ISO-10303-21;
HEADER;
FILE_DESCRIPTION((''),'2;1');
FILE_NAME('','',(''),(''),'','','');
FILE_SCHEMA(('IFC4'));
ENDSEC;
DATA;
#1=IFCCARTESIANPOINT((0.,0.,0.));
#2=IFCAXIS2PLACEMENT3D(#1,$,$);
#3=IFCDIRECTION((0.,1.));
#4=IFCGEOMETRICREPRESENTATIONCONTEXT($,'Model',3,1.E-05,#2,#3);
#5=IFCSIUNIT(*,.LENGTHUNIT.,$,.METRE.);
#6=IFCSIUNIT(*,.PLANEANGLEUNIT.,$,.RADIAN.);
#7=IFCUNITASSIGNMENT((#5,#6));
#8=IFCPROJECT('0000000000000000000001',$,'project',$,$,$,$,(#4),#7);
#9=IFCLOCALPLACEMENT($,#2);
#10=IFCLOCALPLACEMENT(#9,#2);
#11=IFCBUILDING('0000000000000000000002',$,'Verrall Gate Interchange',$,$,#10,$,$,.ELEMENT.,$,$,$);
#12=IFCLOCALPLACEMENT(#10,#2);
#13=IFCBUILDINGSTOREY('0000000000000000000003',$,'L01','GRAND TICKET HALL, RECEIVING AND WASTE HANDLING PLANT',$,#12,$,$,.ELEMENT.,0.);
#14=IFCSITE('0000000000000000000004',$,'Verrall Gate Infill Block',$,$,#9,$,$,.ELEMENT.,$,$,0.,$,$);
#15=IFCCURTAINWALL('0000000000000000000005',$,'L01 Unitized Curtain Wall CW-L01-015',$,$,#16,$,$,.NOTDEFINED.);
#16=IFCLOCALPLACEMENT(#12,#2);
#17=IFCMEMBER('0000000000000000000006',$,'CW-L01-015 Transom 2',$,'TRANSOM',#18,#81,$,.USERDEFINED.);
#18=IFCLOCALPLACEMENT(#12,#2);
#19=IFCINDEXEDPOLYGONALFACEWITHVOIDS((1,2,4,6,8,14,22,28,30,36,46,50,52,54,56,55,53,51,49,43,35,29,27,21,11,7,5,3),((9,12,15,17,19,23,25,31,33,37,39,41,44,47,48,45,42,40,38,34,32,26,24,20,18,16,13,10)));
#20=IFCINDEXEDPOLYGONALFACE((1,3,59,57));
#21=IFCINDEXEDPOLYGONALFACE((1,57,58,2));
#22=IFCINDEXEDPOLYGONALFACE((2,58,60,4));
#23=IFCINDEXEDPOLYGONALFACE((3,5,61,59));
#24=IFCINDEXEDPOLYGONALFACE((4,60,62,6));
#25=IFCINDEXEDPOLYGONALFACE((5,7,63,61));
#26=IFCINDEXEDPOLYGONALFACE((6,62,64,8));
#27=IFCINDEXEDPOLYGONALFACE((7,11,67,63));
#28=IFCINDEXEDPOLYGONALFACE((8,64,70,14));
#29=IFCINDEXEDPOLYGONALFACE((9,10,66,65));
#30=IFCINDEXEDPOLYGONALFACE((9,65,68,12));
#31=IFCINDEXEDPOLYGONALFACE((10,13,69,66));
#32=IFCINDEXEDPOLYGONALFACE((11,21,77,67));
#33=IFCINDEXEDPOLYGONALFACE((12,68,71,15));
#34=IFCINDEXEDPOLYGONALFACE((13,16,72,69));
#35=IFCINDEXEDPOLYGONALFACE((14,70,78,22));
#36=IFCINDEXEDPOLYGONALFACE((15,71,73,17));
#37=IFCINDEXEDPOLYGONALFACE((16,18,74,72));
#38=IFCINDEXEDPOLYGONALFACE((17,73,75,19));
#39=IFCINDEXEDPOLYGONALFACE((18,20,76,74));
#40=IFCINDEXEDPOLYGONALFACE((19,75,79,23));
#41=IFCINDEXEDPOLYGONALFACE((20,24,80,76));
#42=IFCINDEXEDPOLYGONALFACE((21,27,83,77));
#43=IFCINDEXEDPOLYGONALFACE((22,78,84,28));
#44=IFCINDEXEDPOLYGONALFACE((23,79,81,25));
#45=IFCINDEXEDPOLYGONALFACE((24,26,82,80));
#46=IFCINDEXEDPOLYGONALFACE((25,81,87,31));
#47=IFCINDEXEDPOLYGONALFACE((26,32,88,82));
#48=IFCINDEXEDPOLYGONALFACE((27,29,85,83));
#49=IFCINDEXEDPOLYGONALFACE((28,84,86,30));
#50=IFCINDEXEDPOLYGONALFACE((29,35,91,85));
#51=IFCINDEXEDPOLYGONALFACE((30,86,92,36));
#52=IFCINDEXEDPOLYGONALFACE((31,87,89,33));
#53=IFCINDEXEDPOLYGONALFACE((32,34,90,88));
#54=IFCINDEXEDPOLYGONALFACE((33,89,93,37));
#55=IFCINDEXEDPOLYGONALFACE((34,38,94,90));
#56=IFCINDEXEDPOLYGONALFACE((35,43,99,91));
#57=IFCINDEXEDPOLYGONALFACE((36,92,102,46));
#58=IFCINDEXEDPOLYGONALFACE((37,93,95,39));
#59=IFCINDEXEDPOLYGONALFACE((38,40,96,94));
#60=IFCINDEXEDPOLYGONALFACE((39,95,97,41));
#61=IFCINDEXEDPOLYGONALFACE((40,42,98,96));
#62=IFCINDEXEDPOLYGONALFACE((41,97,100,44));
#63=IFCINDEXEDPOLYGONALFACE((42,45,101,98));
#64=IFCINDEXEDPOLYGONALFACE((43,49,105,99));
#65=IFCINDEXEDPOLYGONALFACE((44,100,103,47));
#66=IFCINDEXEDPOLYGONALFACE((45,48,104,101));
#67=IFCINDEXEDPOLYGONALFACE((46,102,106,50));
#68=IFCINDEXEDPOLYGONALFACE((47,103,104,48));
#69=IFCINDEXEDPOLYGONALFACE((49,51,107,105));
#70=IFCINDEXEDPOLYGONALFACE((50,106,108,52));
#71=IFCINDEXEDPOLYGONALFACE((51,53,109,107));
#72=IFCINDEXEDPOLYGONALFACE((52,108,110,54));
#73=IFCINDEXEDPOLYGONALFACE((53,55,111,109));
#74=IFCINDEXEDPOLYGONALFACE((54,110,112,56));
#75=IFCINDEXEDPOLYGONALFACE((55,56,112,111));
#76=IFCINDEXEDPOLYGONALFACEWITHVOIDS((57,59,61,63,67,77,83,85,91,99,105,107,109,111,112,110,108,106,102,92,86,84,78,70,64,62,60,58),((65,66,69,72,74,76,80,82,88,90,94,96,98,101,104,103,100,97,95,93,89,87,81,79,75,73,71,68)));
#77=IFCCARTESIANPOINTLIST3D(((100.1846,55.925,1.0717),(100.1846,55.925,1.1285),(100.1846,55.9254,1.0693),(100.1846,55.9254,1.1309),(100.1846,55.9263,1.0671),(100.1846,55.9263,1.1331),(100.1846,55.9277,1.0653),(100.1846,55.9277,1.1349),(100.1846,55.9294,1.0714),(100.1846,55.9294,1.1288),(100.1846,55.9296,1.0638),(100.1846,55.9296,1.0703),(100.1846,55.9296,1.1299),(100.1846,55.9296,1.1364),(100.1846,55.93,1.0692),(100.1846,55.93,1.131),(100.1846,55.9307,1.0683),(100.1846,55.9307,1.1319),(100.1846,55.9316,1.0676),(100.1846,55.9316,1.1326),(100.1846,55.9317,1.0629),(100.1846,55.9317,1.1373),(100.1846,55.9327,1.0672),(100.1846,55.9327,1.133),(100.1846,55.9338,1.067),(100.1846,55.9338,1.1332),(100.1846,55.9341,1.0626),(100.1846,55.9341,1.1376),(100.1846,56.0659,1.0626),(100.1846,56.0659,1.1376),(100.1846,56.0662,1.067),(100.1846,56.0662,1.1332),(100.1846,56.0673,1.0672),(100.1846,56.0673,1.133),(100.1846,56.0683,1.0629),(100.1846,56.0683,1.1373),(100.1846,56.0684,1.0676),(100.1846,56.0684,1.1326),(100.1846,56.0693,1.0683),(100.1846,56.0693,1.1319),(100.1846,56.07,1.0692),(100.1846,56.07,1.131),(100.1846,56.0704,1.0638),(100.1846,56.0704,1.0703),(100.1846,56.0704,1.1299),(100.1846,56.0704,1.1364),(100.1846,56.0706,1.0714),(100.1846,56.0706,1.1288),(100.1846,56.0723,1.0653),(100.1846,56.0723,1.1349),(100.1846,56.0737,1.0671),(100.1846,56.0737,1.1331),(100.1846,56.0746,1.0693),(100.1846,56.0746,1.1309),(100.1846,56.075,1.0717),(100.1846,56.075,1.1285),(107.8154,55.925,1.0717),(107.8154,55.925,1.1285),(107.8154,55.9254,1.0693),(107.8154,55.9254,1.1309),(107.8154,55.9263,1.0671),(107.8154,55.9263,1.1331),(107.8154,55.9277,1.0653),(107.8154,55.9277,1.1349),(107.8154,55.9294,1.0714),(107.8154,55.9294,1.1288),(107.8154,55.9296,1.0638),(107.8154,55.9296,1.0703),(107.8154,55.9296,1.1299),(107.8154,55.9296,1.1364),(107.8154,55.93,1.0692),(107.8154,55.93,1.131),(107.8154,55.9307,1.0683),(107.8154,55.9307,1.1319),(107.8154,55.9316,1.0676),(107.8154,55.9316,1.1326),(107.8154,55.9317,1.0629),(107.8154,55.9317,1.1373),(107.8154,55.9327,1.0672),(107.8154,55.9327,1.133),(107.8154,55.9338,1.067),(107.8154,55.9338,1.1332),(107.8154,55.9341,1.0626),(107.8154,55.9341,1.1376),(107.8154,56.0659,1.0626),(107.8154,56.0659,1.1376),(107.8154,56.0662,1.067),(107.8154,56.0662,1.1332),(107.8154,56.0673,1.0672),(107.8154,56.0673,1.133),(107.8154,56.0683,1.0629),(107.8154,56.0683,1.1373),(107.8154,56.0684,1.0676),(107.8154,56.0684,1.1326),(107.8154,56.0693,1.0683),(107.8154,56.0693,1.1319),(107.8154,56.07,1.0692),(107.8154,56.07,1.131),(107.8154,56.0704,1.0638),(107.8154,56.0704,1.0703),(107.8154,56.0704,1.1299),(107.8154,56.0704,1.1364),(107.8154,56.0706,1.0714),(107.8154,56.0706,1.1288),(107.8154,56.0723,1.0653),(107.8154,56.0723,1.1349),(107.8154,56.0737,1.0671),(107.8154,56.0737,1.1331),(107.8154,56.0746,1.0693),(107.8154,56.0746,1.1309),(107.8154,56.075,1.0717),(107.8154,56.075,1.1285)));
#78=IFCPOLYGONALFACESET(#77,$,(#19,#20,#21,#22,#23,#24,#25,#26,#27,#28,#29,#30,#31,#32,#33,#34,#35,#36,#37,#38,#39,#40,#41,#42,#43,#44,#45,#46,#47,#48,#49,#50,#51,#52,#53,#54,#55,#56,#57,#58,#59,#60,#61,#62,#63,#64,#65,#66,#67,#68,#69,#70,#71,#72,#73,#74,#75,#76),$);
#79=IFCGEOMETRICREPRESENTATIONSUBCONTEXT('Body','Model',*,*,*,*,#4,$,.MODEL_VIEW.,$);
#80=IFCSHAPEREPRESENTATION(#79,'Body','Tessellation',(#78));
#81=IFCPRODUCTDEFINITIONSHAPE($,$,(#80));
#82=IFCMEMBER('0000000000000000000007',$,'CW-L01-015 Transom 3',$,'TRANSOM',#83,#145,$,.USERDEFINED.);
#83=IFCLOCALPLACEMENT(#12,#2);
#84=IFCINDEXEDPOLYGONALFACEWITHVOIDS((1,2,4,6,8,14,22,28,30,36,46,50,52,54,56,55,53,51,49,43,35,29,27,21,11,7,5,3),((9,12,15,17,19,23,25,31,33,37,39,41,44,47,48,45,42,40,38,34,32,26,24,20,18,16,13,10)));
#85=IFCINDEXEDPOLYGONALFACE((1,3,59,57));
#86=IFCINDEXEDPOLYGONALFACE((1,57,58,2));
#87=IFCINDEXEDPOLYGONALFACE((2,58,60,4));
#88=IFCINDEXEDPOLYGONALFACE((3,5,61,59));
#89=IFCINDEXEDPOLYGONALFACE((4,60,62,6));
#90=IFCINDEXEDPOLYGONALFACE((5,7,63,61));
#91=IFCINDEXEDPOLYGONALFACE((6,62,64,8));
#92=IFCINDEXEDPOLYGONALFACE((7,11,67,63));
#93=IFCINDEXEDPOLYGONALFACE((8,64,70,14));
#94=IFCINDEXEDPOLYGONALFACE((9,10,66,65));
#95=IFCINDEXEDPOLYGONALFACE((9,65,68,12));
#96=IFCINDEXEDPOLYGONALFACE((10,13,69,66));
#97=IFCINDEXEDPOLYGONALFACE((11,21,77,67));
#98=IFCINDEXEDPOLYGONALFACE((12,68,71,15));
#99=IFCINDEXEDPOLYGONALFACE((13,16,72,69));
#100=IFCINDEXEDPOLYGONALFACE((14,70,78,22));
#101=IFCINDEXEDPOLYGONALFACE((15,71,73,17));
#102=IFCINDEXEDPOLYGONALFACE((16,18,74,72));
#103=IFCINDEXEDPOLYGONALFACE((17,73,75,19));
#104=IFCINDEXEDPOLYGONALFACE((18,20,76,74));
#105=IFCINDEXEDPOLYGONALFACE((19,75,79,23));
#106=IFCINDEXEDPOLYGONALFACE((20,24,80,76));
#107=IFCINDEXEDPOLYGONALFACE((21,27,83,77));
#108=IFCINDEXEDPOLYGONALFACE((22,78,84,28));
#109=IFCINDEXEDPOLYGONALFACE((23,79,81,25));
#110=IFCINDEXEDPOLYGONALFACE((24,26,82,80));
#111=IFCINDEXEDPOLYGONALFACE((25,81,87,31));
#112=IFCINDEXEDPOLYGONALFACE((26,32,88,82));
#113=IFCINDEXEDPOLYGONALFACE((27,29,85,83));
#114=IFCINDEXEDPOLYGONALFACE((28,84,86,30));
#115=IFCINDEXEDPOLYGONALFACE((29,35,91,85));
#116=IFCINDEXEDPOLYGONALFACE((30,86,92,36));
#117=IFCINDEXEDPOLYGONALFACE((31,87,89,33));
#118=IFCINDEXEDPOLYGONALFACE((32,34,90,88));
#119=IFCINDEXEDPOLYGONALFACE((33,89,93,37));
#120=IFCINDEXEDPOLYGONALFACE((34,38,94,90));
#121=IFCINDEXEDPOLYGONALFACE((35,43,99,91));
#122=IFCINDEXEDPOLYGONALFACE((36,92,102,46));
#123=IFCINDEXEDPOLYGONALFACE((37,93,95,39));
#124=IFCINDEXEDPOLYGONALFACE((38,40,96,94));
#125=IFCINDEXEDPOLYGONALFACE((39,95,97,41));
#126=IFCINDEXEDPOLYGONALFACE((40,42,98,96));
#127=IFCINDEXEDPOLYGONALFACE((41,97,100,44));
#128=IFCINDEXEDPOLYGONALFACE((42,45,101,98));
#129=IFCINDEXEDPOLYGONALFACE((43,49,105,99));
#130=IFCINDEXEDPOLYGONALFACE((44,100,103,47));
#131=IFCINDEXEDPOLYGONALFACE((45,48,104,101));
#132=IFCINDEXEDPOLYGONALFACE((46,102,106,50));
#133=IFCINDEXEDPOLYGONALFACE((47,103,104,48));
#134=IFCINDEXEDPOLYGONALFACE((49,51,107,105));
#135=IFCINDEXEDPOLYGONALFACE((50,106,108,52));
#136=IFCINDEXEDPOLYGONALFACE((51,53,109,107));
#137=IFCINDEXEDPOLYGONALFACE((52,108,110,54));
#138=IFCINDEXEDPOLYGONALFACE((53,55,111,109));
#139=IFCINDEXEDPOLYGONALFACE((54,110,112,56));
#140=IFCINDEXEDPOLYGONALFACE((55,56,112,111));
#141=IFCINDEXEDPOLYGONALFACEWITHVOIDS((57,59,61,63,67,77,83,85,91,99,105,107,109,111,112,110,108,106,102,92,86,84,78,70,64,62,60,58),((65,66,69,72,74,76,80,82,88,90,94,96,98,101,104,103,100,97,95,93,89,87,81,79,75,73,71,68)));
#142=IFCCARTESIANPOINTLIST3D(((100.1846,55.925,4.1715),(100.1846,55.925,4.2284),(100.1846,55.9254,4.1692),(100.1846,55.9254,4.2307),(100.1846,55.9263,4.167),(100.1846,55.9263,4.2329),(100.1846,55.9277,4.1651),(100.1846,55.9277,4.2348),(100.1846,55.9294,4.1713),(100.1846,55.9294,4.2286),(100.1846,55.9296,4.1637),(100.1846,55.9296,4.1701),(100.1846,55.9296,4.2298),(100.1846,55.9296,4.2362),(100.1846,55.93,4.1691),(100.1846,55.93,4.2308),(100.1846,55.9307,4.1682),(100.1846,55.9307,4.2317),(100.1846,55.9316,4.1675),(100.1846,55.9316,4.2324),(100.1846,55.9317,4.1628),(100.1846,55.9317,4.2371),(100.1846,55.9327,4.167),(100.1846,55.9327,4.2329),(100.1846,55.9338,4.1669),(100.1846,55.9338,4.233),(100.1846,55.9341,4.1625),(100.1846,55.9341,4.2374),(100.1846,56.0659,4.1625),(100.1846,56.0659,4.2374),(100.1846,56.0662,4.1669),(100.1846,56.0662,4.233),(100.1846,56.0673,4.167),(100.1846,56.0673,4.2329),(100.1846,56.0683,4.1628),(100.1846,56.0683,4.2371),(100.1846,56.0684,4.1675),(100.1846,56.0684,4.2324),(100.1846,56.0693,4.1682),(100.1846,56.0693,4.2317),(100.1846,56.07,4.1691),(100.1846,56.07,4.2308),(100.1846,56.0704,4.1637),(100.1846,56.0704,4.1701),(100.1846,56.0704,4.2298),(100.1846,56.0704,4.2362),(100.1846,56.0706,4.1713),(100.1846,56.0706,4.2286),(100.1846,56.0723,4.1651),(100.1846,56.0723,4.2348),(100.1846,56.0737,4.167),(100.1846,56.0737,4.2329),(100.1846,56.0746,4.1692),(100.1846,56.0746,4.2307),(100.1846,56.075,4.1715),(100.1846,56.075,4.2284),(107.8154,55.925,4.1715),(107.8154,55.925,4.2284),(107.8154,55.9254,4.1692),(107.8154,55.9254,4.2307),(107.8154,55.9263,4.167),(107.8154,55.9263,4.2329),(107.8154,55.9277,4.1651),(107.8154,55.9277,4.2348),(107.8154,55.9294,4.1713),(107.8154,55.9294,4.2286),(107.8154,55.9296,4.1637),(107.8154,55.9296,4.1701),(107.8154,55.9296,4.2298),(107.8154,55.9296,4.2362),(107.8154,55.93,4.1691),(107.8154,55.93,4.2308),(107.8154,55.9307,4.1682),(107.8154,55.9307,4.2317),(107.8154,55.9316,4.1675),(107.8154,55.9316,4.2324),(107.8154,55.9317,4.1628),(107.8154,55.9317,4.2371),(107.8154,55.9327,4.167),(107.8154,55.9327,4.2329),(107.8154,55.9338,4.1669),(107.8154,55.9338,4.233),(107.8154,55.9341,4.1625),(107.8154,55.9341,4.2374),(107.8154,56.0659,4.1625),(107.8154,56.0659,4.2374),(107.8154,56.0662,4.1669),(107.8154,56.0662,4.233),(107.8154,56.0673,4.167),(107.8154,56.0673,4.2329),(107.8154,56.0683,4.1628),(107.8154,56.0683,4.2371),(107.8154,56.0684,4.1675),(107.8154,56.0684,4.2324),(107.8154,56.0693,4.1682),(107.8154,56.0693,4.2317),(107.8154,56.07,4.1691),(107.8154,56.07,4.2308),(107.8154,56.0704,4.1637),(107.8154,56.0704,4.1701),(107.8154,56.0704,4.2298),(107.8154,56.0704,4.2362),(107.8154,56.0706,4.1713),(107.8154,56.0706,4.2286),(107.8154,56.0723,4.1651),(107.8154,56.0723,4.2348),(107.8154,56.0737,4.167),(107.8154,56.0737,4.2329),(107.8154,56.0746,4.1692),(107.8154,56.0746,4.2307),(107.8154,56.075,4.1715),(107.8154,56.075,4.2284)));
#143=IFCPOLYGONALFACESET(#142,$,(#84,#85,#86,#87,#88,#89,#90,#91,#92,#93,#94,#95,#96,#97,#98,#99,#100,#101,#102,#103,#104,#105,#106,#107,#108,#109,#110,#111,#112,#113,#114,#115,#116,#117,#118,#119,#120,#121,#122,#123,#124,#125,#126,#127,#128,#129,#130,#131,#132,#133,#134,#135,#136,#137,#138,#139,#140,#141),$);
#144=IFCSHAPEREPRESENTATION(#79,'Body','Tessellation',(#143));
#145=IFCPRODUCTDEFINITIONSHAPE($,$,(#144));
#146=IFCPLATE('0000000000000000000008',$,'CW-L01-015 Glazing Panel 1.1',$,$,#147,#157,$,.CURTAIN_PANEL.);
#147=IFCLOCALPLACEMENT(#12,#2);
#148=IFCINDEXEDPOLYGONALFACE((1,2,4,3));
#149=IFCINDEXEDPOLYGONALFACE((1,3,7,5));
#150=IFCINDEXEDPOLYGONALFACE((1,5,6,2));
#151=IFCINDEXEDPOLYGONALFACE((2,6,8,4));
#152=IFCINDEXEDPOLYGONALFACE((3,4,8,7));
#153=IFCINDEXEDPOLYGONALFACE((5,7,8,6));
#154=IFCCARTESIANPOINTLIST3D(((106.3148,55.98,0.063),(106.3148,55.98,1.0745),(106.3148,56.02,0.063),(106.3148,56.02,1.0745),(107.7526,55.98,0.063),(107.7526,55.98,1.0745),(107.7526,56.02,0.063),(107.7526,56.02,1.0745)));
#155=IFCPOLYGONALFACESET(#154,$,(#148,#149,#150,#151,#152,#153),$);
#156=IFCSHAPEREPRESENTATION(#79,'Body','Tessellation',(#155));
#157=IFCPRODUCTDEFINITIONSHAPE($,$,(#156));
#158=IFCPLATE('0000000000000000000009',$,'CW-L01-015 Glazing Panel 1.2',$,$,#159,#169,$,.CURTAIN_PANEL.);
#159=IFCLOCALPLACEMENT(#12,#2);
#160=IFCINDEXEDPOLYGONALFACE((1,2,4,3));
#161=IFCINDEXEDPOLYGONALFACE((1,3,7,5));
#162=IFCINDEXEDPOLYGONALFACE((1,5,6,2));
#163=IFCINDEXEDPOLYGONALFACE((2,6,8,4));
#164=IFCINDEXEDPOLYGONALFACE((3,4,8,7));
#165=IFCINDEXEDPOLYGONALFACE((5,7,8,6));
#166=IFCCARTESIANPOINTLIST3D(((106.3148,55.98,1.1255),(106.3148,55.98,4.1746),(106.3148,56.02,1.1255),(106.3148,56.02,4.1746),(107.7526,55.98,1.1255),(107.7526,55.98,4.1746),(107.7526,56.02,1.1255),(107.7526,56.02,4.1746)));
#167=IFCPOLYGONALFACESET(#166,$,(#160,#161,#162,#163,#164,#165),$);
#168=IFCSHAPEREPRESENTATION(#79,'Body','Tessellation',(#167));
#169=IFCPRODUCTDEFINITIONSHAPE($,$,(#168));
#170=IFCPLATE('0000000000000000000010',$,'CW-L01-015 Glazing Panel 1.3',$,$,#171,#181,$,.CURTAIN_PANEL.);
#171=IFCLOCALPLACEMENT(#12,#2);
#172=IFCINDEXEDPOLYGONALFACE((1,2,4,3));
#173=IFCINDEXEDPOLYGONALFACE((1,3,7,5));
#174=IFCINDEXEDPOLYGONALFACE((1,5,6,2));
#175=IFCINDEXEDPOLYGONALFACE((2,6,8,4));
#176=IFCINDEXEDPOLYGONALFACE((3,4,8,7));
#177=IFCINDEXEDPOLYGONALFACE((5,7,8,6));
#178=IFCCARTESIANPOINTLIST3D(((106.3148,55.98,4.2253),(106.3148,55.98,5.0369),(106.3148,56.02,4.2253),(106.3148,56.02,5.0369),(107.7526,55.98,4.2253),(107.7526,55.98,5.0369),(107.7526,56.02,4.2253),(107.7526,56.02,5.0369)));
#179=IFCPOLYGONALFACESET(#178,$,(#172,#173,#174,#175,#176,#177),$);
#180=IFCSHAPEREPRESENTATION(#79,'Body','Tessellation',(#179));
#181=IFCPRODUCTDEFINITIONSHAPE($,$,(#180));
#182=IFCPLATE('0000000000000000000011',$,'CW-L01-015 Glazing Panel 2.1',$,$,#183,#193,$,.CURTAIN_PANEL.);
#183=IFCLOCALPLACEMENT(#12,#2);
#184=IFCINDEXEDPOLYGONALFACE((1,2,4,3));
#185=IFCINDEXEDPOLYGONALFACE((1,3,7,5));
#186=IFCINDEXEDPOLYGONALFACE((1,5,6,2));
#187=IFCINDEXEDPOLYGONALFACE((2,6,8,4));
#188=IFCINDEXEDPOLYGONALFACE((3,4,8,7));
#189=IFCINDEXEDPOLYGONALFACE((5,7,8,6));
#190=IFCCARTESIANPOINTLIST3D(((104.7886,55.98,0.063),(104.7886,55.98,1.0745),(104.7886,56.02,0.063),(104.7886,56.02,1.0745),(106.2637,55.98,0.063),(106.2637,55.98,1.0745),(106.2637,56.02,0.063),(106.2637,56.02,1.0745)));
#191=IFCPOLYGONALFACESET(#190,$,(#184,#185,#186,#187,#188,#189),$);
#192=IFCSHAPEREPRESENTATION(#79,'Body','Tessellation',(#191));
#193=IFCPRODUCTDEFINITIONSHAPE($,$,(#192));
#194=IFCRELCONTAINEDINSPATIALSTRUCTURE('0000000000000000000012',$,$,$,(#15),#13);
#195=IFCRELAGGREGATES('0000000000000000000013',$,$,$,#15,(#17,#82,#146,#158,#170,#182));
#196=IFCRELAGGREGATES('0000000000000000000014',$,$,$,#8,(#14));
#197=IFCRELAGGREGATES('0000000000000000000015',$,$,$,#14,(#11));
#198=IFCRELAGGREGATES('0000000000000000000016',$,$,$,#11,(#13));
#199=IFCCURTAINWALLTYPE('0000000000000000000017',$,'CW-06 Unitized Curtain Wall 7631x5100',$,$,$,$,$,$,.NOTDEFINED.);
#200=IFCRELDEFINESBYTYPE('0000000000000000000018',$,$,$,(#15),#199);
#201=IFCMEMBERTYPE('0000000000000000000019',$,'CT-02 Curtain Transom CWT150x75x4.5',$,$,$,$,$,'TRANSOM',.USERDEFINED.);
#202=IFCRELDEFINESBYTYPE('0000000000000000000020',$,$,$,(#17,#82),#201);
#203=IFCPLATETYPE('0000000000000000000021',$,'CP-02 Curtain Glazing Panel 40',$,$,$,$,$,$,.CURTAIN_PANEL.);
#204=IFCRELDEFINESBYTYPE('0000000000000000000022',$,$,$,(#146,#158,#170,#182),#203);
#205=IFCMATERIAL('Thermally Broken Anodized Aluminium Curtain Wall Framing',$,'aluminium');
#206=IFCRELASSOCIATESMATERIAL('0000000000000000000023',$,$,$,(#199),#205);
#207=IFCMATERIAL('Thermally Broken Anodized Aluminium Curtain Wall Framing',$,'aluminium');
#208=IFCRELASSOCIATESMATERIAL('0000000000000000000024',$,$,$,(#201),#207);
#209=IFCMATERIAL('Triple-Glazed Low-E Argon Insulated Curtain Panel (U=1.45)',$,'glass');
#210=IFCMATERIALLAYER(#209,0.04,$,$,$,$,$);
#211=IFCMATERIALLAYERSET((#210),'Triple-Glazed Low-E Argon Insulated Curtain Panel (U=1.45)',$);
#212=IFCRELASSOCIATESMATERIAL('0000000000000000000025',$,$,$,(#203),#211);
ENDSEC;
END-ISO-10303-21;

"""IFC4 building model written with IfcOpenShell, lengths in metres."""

from ifc_helpers import new_model, si_unit, direction, frame, origin, origin_2d, place, context, subcontext, project, spatial, rectangle, hollow_rectangle, extrude, material, layer, layer_set, material_profile, profile_set, type_object, element, aggregate, save


model = new_model("IFC4")

# Units and contexts
model_context = context("Model", 3, precision=1e-05, world=origin(), true_north=direction((0.0, 1.0)))
body_context = subcontext(model_context, "Body", "Model", "MODEL_VIEW")
ifc_project = project(units=[si_unit("LENGTHUNIT", "METRE"), si_unit("PLANEANGLEUNIT", "RADIAN")], contexts=[model_context])

# Site, building, storey
site_placement = place(None, origin())
site = spatial("IfcSite", under=ifc_project, at=site_placement, Name="Verrall Gate Infill Block", CompositionType="ELEMENT", RefElevation=0.0)
building_placement = place(site_placement, origin())
building = spatial("IfcBuilding", under=site, at=building_placement, Name="Verrall Gate Interchange", CompositionType="ELEMENT")
storey_placement = place(building_placement, origin())
storey = spatial("IfcBuildingStorey", under=building, at=storey_placement, Name="L01", Description="GRAND TICKET HALL, RECEIVING AND WASTE HANDLING PLANT", CompositionType="ELEMENT", Elevation=0.0)

# Curtain wall, members, plates
ifc_material_1 = material(Name="Thermally Broken Anodized Aluminium Curtain Wall Framing", Category="aluminium")
curtain_wall_type = type_object("IfcCurtainWallType", Name="CW-06 Unitized Curtain Wall 7631x5100", PredefinedType="NOTDEFINED", material=ifc_material_1)
curtain_wall_placement = place(storey_placement, origin())
curtain_wall = element("IfcCurtainWall", 1, at=curtain_wall_placement, inside=storey, type_object=curtain_wall_type, Name="L01 Unitized Curtain Wall CW-L01-015", PredefinedType="NOTDEFINED")
ifc_material_2 = material(Name="Thermally Broken Anodized Aluminium Curtain Wall Framing", Category="aluminium")
ifc_material_profile_1 = material_profile(ifc_material_2, hollow_rectangle(XDim=0.1499, YDim=0.075, WallThickness=0.0044, InnerFilletRadius=0.0044, OuterFilletRadius=0.009, at=origin_2d()), Name="CWT150x75x4.5")
ifc_profile_set_1 = profile_set([ifc_material_profile_1], Name="Thermally Broken Anodized Aluminium Curtain Wall Framing")
member_type_1 = type_object("IfcMemberType", Name="CT-02 Curtain Transom CWT150x75x4.5", ElementType="TRANSOM", PredefinedType="USERDEFINED", material=ifc_profile_set_1)
member_1_placement = place(storey_placement, frame((107.8154, 56.0, 1.1001), z_axis=(-1.0, 0.0, 0.0), x_axis=(0.0, -1.0, 0.0)))
member_1 = element("IfcMember", 2, at=member_1_placement, type_object=member_type_1, Name="CW-L01-015 Transom 2", ObjectType="TRANSOM", PredefinedType="USERDEFINED", context=body_context, shape_type="SweptSolid", body=[
    extrude(hollow_rectangle(XDim=0.1499, YDim=0.075, WallThickness=0.0044, InnerFilletRadius=0.0044, OuterFilletRadius=0.009, at=origin_2d()), origin(), (0.0, 0.0, 1.0), 7.6309),
])
member_2_placement = place(storey_placement, frame((107.8154, 56.0, 4.2), z_axis=(-1.0, 0.0, 0.0), x_axis=(0.0, -1.0, 0.0)))
member_2 = element("IfcMember", 3, at=member_2_placement, type_object=member_type_1, Name="CW-L01-015 Transom 3", ObjectType="TRANSOM", PredefinedType="USERDEFINED", context=body_context, shape_type="SweptSolid", body=[
    extrude(hollow_rectangle(XDim=0.1499, YDim=0.075, WallThickness=0.0044, InnerFilletRadius=0.0044, OuterFilletRadius=0.009, at=origin_2d()), origin(), (0.0, 0.0, 1.0), 7.6309),
])
ifc_material_3 = material(Name="Triple-Glazed Low-E Argon Insulated Curtain Panel (U=1.45)", Category="glass")
ifc_layer = layer(ifc_material_3, 0.04)
ifc_layer_set = layer_set([ifc_layer], Name="Triple-Glazed Low-E Argon Insulated Curtain Panel (U=1.45)")
plate_type = type_object("IfcPlateType", Name="CP-02 Curtain Glazing Panel 40", PredefinedType="CURTAIN_PANEL", material=ifc_layer_set)
plate_1_placement = place(storey_placement, frame((107.0337, 56.0, 0.063), z_axis=(0.0, 0.0, 1.0), x_axis=(-1.0, 0.0, 0.0)))
plate_1 = element("IfcPlate", 4, at=plate_1_placement, type_object=plate_type, Name="CW-L01-015 Glazing Panel 1.1", PredefinedType="CURTAIN_PANEL", context=body_context, shape_type="SweptSolid", body=[
    extrude(rectangle(XDim=1.4377, YDim=0.04, at=origin_2d()), origin(), (0.0, 0.0, 1.0), 1.0115),
])
plate_2_placement = place(storey_placement, frame((107.0337, 56.0, 1.1255), z_axis=(0.0, 0.0, 1.0), x_axis=(-1.0, 0.0, 0.0)))
plate_2 = element("IfcPlate", 5, at=plate_2_placement, type_object=plate_type, Name="CW-L01-015 Glazing Panel 1.2", PredefinedType="CURTAIN_PANEL", context=body_context, shape_type="SweptSolid", body=[
    extrude(rectangle(XDim=1.4377, YDim=0.04, at=origin_2d()), origin(), (0.0, 0.0, 1.0), 3.0491),
])
plate_3_placement = place(storey_placement, frame((107.0337, 56.0, 4.2253), z_axis=(0.0, 0.0, 1.0), x_axis=(-1.0, 0.0, 0.0)))
plate_3 = element("IfcPlate", 6, at=plate_3_placement, type_object=plate_type, Name="CW-L01-015 Glazing Panel 1.3", PredefinedType="CURTAIN_PANEL", context=body_context, shape_type="SweptSolid", body=[
    extrude(rectangle(XDim=1.4377, YDim=0.04, at=origin_2d()), origin(), (0.0, 0.0, 1.0), 0.8115),
])
plate_4_placement = place(storey_placement, frame((105.5261, 56.0, 0.063), z_axis=(0.0, 0.0, 1.0), x_axis=(-1.0, 0.0, 0.0)))
plate_4 = element("IfcPlate", 7, at=plate_4_placement, type_object=plate_type, Name="CW-L01-015 Glazing Panel 2.1", PredefinedType="CURTAIN_PANEL", context=body_context, shape_type="SweptSolid", body=[
    extrude(rectangle(XDim=1.4751, YDim=0.04, at=origin_2d()), origin(), (0.0, 0.0, 1.0), 1.0115),
])
aggregate(curtain_wall, [member_1, member_2, plate_1, plate_2, plate_3, plate_4])

save(model, "model.ifc")
